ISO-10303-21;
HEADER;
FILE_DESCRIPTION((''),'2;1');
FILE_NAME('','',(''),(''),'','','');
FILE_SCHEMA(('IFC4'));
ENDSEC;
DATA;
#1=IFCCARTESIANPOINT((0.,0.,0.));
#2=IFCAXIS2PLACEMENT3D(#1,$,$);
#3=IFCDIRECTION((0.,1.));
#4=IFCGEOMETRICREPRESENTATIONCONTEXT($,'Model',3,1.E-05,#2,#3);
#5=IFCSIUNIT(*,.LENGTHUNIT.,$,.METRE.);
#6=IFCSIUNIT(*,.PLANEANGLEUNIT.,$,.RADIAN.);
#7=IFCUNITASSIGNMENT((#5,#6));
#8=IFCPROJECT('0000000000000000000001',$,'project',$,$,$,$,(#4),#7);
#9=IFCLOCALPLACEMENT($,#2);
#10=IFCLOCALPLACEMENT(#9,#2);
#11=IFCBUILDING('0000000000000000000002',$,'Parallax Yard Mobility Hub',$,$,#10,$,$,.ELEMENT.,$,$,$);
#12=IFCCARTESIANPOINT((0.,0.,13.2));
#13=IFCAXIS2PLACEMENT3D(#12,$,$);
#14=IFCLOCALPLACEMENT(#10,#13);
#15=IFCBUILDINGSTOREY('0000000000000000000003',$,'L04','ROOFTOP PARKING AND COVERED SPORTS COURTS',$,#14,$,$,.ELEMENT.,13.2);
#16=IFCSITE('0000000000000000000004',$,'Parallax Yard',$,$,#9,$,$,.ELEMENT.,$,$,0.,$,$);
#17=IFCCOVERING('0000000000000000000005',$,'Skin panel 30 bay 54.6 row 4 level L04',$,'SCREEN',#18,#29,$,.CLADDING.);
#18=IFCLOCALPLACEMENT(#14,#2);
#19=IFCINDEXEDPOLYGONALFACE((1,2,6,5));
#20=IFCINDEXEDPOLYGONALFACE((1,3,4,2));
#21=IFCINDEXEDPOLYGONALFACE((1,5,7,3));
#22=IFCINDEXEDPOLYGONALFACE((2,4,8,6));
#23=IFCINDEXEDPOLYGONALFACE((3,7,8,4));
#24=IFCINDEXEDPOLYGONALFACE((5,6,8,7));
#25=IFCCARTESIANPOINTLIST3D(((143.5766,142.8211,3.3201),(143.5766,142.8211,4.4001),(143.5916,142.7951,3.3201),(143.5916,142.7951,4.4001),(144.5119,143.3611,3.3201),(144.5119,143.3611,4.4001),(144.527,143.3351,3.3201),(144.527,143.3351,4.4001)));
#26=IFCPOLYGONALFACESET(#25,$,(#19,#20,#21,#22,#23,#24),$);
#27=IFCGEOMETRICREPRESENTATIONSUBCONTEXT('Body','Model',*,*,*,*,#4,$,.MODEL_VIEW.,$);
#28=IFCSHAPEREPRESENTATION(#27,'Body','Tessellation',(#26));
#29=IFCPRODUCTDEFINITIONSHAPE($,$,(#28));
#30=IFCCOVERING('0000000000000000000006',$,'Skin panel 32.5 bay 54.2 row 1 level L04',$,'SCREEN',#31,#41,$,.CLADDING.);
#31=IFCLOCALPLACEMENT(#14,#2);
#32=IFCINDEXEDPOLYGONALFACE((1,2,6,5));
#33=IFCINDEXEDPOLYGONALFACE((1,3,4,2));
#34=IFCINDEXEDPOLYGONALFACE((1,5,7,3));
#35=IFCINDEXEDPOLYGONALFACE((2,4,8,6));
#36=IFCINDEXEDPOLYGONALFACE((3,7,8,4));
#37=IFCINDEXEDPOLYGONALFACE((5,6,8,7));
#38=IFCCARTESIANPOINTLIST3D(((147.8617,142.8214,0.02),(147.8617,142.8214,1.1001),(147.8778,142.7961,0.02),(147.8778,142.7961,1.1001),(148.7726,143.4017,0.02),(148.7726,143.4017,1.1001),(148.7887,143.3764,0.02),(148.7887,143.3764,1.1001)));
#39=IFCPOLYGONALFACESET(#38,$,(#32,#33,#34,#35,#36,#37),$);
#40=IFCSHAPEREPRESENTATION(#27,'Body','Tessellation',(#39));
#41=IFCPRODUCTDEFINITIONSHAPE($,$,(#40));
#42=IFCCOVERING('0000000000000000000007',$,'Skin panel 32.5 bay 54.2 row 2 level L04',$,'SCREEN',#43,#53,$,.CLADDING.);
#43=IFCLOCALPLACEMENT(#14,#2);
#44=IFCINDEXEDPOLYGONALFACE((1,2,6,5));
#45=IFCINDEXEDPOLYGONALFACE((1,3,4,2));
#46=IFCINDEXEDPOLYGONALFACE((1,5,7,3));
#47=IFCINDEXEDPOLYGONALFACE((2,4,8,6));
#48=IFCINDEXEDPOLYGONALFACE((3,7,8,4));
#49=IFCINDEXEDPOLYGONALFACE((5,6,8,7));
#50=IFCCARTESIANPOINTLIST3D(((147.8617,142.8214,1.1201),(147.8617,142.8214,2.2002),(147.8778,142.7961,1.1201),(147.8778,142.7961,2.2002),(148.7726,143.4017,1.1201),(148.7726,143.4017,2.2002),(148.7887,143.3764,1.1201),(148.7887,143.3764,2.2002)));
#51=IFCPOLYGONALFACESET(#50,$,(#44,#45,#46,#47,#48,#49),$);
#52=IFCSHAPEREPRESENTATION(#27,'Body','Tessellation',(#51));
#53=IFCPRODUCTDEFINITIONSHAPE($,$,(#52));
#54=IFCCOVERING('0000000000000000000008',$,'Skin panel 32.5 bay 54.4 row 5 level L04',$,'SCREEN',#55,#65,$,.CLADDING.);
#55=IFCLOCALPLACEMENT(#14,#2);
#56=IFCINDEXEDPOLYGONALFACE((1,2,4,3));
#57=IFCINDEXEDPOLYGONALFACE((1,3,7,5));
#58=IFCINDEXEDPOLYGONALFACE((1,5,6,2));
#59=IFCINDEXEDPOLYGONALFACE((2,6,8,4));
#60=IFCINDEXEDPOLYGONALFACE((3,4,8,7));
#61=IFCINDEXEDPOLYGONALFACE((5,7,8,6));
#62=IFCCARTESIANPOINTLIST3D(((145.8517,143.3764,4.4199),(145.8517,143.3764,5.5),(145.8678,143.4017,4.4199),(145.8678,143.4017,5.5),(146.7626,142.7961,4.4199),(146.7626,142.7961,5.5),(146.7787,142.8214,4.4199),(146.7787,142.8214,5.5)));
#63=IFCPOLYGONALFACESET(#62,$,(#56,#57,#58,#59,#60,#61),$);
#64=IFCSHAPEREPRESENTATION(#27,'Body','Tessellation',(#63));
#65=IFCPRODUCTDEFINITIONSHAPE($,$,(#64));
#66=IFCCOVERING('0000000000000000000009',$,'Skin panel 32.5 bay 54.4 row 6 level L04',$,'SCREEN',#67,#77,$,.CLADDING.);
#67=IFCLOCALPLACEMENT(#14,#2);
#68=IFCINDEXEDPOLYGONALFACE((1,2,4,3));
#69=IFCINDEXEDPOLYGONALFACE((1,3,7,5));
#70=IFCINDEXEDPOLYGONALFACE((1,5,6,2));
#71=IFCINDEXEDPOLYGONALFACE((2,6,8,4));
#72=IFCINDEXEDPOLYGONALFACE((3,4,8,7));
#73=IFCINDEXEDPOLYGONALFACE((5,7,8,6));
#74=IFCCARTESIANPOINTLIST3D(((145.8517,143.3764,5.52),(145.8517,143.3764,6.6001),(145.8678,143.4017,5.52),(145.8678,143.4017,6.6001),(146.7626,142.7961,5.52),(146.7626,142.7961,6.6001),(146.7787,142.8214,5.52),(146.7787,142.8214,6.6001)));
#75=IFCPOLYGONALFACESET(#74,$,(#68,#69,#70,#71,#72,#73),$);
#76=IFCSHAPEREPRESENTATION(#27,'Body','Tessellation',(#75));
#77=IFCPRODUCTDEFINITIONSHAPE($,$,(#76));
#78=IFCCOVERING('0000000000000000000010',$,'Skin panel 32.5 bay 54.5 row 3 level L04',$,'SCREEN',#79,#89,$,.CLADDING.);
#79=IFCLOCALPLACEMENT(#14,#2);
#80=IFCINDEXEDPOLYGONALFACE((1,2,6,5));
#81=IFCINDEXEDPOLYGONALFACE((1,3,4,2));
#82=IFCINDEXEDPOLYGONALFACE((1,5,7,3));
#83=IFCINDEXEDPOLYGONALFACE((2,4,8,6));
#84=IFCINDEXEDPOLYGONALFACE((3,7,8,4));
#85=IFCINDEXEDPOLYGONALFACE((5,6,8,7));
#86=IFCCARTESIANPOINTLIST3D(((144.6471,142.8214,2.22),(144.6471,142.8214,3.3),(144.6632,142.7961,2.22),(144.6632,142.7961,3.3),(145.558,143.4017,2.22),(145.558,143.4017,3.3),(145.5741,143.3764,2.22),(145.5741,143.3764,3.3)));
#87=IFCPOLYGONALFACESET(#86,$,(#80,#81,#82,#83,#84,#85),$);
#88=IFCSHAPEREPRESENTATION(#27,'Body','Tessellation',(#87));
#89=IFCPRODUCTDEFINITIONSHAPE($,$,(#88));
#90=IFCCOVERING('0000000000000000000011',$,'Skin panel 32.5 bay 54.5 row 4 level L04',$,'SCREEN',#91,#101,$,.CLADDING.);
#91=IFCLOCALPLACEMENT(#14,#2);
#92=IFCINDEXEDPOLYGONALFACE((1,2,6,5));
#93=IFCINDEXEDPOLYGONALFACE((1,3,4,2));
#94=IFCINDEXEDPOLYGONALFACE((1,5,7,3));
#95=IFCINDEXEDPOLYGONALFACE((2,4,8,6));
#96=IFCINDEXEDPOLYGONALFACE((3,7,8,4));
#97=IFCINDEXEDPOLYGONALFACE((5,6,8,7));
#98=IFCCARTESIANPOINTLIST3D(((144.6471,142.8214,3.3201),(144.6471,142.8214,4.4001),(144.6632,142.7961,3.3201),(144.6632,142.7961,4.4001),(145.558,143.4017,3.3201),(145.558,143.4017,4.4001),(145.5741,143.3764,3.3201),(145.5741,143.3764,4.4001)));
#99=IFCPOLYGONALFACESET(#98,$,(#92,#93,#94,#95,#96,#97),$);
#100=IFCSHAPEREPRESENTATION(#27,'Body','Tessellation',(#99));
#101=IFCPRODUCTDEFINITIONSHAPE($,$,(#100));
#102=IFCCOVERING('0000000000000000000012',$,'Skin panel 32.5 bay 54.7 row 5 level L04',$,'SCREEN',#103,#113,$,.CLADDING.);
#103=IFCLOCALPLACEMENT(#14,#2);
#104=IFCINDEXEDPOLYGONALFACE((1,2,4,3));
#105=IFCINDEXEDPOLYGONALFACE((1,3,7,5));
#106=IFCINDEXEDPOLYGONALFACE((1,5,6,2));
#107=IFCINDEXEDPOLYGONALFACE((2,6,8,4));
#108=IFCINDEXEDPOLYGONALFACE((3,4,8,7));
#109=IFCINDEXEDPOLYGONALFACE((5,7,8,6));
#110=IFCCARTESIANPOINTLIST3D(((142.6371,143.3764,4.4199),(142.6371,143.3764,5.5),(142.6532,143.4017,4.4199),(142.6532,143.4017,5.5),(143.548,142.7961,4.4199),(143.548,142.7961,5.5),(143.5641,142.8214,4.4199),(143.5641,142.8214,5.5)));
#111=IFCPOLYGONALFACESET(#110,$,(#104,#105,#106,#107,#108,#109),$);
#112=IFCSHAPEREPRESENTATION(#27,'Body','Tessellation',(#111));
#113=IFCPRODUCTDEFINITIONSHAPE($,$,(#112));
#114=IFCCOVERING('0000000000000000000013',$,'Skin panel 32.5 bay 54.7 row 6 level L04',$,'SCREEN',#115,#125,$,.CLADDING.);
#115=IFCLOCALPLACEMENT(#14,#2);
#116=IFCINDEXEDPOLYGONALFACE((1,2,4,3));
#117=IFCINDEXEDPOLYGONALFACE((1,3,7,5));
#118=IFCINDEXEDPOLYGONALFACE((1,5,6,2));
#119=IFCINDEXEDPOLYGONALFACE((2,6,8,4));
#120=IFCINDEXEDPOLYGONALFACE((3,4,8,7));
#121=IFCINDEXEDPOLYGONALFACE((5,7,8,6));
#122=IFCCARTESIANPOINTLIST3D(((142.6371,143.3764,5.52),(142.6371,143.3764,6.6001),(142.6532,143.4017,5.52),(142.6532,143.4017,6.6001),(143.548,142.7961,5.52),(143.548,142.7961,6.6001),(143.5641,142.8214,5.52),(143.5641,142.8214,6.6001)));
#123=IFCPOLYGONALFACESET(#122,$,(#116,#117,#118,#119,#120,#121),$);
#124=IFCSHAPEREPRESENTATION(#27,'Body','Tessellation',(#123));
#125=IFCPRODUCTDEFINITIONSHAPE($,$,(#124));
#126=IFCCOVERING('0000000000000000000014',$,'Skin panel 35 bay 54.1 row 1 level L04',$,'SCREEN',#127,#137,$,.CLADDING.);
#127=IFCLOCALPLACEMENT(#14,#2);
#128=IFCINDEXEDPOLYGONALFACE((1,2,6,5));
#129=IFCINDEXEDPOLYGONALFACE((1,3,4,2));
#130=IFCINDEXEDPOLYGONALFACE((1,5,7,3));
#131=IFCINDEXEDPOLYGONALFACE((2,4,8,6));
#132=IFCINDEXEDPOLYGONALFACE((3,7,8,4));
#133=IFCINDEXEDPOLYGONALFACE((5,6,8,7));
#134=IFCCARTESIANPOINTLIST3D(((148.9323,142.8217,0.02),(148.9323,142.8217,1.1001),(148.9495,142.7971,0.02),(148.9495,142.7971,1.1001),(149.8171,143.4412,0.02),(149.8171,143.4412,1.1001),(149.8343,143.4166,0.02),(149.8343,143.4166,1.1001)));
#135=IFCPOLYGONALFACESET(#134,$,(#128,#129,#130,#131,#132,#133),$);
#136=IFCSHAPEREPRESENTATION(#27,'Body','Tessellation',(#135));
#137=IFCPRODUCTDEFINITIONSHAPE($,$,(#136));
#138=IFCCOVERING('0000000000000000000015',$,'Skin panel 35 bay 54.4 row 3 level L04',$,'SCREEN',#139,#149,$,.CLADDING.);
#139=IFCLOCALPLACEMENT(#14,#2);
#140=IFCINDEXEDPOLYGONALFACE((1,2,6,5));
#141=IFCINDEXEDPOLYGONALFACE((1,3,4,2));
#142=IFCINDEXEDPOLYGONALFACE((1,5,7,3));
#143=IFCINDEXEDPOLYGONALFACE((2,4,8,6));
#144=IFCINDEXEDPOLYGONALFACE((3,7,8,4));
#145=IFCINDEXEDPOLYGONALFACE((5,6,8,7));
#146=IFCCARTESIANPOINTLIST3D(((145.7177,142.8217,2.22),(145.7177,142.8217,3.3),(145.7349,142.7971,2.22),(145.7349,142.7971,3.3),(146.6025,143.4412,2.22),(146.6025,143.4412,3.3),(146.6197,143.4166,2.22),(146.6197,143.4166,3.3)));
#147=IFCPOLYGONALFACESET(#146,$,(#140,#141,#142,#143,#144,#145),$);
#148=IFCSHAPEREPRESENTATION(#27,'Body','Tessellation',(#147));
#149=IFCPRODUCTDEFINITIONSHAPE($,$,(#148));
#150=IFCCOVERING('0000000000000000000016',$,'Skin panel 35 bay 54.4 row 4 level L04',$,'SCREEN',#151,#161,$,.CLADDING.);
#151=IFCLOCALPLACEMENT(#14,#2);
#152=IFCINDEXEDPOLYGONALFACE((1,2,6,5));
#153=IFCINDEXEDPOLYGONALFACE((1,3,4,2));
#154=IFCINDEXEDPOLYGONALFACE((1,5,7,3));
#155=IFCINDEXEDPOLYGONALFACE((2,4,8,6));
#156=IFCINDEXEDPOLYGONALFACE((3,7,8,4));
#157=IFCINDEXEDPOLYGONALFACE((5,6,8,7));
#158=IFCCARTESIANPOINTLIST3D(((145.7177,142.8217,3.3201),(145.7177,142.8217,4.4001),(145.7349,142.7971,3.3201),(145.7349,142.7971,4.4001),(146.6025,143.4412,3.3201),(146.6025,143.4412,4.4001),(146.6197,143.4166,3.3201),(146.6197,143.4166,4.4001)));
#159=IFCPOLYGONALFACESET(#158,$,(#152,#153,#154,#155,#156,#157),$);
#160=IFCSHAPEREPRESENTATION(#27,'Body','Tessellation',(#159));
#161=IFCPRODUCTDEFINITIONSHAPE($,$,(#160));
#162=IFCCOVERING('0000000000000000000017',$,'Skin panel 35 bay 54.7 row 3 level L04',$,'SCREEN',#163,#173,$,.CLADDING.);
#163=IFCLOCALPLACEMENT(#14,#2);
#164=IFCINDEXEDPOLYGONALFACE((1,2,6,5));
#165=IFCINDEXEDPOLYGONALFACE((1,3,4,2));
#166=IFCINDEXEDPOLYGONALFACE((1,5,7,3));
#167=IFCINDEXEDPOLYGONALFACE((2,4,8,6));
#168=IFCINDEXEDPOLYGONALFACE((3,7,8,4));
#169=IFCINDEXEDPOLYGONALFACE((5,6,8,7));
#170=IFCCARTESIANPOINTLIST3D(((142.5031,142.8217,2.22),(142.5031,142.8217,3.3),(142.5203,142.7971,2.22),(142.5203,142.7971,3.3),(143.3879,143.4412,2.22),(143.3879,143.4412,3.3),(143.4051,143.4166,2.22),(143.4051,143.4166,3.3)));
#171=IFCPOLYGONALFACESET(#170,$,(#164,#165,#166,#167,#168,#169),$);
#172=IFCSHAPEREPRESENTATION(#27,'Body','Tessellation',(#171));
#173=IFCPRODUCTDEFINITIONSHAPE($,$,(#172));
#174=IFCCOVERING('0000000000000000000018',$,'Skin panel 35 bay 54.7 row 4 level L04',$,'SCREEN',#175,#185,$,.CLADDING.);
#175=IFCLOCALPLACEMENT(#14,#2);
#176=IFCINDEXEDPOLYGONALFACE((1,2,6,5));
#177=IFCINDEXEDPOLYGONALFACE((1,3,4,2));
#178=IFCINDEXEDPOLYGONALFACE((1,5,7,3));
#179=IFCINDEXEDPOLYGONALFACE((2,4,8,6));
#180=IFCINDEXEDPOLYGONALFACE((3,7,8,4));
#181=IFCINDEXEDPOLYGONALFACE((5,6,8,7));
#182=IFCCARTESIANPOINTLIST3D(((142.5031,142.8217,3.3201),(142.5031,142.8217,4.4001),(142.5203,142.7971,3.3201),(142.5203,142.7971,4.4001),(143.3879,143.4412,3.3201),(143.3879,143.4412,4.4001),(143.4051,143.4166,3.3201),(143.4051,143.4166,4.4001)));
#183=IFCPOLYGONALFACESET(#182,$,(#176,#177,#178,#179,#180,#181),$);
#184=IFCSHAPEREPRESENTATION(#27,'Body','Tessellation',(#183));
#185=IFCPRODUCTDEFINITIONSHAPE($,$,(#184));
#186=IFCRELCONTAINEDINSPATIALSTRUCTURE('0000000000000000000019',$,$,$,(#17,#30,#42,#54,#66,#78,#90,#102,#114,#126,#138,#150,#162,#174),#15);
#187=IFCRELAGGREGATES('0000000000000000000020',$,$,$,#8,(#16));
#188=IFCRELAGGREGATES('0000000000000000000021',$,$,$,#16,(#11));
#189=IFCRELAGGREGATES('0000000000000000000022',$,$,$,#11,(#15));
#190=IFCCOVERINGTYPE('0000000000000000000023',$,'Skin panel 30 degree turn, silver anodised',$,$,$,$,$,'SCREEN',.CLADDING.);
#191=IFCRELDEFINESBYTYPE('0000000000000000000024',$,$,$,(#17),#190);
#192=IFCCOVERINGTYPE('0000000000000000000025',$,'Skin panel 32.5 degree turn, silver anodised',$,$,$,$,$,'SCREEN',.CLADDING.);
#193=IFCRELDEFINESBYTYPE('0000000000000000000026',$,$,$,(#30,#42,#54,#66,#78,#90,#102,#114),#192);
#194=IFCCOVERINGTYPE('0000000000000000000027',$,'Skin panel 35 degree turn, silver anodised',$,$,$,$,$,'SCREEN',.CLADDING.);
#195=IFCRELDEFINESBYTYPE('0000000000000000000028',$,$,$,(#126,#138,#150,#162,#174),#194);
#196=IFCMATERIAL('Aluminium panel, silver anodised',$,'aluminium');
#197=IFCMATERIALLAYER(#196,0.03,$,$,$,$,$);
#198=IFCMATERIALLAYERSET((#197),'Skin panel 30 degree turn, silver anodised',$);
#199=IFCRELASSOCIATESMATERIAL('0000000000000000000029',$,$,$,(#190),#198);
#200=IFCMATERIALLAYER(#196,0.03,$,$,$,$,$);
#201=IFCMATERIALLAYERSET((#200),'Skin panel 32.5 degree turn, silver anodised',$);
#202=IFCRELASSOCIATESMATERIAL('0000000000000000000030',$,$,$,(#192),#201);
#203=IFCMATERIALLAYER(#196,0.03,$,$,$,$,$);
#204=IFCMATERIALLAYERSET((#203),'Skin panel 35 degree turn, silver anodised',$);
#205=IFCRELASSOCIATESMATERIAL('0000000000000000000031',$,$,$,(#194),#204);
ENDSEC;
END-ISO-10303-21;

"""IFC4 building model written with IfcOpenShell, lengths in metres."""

from ifc_helpers import new_model, si_unit, direction, frame, origin, origin_2d, place, context, subcontext, project, spatial, rectangle, extrude, material, layer, layer_set, type_object, element, save


model = new_model("IFC4")

# Units and contexts
model_context = context("Model", 3, precision=1e-05, world=origin(), true_north=direction((0.0, 1.0)))
body_context = subcontext(model_context, "Body", "Model", "MODEL_VIEW")
ifc_project = project(units=[si_unit("LENGTHUNIT", "METRE"), si_unit("PLANEANGLEUNIT", "RADIAN")], contexts=[model_context])

# Site, building, storey
site_placement = place(None, origin())
site = spatial("IfcSite", under=ifc_project, at=site_placement, Name="Parallax Yard", CompositionType="ELEMENT", RefElevation=0.0)
building_placement = place(site_placement, origin())
building = spatial("IfcBuilding", under=site, at=building_placement, Name="Parallax Yard Mobility Hub", CompositionType="ELEMENT")
storey_placement = place(building_placement, frame((0.0, 0.0, 13.2)))
storey = spatial("IfcBuildingStorey", under=building, at=storey_placement, Name="L04", Description="ROOFTOP PARKING AND COVERED SPORTS COURTS", CompositionType="ELEMENT", Elevation=13.2)

# Coverings
ifc_material = material(Name="Aluminium panel, silver anodised", Category="aluminium")
ifc_layer_1 = layer(ifc_material, 0.03)
ifc_layer_set_1 = layer_set([ifc_layer_1], Name="Skin panel 30 degree turn, silver anodised")
covering_type_1 = type_object("IfcCoveringType", Name="Skin panel 30 degree turn, silver anodised", ElementType="SCREEN", PredefinedType="CLADDING", material=ifc_layer_set_1)
for number, where, z_axis, x_axis, name in (
    (1, (144.0518, 143.0781, 3.3201), (0.0, 0.0, 1.0), (0.866025, 0.5, 0.0), "Skin panel 30 bay 54.6 row 4 level L04"),
):
    element("IfcCovering", number, at=place(storey_placement, frame(where, z_axis=z_axis, x_axis=x_axis)), inside=storey, type_object=covering_type_1, Name=name, ObjectType="SCREEN", PredefinedType="CLADDING", context=body_context, shape_type="SweptSolid", body=[
        extrude(rectangle(XDim=1.0801, YDim=0.03, at=origin_2d()), origin(), (0.0, 0.0, 1.0), 1.0801),
    ])
ifc_layer_2 = layer(ifc_material, 0.03)
ifc_layer_set_2 = layer_set([ifc_layer_2], Name="Skin panel 32.5 degree turn, silver anodised")
covering_type_2 = type_object("IfcCoveringType", Name="Skin panel 32.5 degree turn, silver anodised", ElementType="SCREEN", PredefinedType="CLADDING", material=ifc_layer_set_2)
for number, where, z_axis, x_axis, name in (
    (2, (148.3252, 143.0989, 0.02), (0.0, 0.0, 1.0), (0.843391, 0.5373, 0.0), "Skin panel 32.5 bay 54.2 row 1 level L04"),
    (3, (148.3252, 143.0989, 1.1201), (0.0, 0.0, 1.0), (0.843391, 0.5373, 0.0), "Skin panel 32.5 bay 54.2 row 2 level L04"),
    (4, (146.3152, 143.0989, 4.4199), (0.0, 0.0, 1.0), (-0.843391, 0.5373, 0.0), "Skin panel 32.5 bay 54.4 row 5 level L04"),
    (5, (146.3152, 143.0989, 5.52), (0.0, 0.0, 1.0), (-0.843391, 0.5373, 0.0), "Skin panel 32.5 bay 54.4 row 6 level L04"),
    (6, (145.1106, 143.0989, 2.22), (0.0, 0.0, 1.0), (0.843391, 0.5373, 0.0), "Skin panel 32.5 bay 54.5 row 3 level L04"),
    (7, (145.1106, 143.0989, 3.3201), (0.0, 0.0, 1.0), (0.843391, 0.5373, 0.0), "Skin panel 32.5 bay 54.5 row 4 level L04"),
    (8, (143.1006, 143.0989, 4.4199), (0.0, 0.0, 1.0), (-0.843391, 0.5373, 0.0), "Skin panel 32.5 bay 54.7 row 5 level L04"),
    (9, (143.1006, 143.0989, 5.52), (0.0, 0.0, 1.0), (-0.843391, 0.5373, 0.0), "Skin panel 32.5 bay 54.7 row 6 level L04"),
):
    element("IfcCovering", number, at=place(storey_placement, frame(where, z_axis=z_axis, x_axis=x_axis)), inside=storey, type_object=covering_type_2, Name=name, ObjectType="SCREEN", PredefinedType="CLADDING", context=body_context, shape_type="SweptSolid", body=[
        extrude(rectangle(XDim=1.0801, YDim=0.03, at=origin_2d()), origin(), (0.0, 0.0, 1.0), 1.0801),
    ])
ifc_layer_3 = layer(ifc_material, 0.03)
ifc_layer_set_3 = layer_set([ifc_layer_3], Name="Skin panel 35 degree turn, silver anodised")
covering_type_3 = type_object("IfcCoveringType", Name="Skin panel 35 degree turn, silver anodised", ElementType="SCREEN", PredefinedType="CLADDING", material=ifc_layer_set_3)
for number, where, z_axis, x_axis, name in (
    (10, (149.3833, 143.1191, 0.02), (0.0, 0.0, 1.0), (0.819152, 0.573576, 0.0), "Skin panel 35 bay 54.1 row 1 level L04"),
    (11, (146.1687, 143.1191, 2.22), (0.0, 0.0, 1.0), (0.819152, 0.573576, 0.0), "Skin panel 35 bay 54.4 row 3 level L04"),
    (12, (146.1687, 143.1191, 3.3201), (0.0, 0.0, 1.0), (0.819152, 0.573576, 0.0), "Skin panel 35 bay 54.4 row 4 level L04"),
    (13, (142.9541, 143.1191, 2.22), (0.0, 0.0, 1.0), (0.819152, 0.573576, 0.0), "Skin panel 35 bay 54.7 row 3 level L04"),
    (14, (142.9541, 143.1191, 3.3201), (0.0, 0.0, 1.0), (0.819152, 0.573576, 0.0), "Skin panel 35 bay 54.7 row 4 level L04"),
):
    element("IfcCovering", number, at=place(storey_placement, frame(where, z_axis=z_axis, x_axis=x_axis)), inside=storey, type_object=covering_type_3, Name=name, ObjectType="SCREEN", PredefinedType="CLADDING", context=body_context, shape_type="SweptSolid", body=[
        extrude(rectangle(XDim=1.0801, YDim=0.03, at=origin_2d()), origin(), (0.0, 0.0, 1.0), 1.0801),
    ])

save(model, "model.ifc")
